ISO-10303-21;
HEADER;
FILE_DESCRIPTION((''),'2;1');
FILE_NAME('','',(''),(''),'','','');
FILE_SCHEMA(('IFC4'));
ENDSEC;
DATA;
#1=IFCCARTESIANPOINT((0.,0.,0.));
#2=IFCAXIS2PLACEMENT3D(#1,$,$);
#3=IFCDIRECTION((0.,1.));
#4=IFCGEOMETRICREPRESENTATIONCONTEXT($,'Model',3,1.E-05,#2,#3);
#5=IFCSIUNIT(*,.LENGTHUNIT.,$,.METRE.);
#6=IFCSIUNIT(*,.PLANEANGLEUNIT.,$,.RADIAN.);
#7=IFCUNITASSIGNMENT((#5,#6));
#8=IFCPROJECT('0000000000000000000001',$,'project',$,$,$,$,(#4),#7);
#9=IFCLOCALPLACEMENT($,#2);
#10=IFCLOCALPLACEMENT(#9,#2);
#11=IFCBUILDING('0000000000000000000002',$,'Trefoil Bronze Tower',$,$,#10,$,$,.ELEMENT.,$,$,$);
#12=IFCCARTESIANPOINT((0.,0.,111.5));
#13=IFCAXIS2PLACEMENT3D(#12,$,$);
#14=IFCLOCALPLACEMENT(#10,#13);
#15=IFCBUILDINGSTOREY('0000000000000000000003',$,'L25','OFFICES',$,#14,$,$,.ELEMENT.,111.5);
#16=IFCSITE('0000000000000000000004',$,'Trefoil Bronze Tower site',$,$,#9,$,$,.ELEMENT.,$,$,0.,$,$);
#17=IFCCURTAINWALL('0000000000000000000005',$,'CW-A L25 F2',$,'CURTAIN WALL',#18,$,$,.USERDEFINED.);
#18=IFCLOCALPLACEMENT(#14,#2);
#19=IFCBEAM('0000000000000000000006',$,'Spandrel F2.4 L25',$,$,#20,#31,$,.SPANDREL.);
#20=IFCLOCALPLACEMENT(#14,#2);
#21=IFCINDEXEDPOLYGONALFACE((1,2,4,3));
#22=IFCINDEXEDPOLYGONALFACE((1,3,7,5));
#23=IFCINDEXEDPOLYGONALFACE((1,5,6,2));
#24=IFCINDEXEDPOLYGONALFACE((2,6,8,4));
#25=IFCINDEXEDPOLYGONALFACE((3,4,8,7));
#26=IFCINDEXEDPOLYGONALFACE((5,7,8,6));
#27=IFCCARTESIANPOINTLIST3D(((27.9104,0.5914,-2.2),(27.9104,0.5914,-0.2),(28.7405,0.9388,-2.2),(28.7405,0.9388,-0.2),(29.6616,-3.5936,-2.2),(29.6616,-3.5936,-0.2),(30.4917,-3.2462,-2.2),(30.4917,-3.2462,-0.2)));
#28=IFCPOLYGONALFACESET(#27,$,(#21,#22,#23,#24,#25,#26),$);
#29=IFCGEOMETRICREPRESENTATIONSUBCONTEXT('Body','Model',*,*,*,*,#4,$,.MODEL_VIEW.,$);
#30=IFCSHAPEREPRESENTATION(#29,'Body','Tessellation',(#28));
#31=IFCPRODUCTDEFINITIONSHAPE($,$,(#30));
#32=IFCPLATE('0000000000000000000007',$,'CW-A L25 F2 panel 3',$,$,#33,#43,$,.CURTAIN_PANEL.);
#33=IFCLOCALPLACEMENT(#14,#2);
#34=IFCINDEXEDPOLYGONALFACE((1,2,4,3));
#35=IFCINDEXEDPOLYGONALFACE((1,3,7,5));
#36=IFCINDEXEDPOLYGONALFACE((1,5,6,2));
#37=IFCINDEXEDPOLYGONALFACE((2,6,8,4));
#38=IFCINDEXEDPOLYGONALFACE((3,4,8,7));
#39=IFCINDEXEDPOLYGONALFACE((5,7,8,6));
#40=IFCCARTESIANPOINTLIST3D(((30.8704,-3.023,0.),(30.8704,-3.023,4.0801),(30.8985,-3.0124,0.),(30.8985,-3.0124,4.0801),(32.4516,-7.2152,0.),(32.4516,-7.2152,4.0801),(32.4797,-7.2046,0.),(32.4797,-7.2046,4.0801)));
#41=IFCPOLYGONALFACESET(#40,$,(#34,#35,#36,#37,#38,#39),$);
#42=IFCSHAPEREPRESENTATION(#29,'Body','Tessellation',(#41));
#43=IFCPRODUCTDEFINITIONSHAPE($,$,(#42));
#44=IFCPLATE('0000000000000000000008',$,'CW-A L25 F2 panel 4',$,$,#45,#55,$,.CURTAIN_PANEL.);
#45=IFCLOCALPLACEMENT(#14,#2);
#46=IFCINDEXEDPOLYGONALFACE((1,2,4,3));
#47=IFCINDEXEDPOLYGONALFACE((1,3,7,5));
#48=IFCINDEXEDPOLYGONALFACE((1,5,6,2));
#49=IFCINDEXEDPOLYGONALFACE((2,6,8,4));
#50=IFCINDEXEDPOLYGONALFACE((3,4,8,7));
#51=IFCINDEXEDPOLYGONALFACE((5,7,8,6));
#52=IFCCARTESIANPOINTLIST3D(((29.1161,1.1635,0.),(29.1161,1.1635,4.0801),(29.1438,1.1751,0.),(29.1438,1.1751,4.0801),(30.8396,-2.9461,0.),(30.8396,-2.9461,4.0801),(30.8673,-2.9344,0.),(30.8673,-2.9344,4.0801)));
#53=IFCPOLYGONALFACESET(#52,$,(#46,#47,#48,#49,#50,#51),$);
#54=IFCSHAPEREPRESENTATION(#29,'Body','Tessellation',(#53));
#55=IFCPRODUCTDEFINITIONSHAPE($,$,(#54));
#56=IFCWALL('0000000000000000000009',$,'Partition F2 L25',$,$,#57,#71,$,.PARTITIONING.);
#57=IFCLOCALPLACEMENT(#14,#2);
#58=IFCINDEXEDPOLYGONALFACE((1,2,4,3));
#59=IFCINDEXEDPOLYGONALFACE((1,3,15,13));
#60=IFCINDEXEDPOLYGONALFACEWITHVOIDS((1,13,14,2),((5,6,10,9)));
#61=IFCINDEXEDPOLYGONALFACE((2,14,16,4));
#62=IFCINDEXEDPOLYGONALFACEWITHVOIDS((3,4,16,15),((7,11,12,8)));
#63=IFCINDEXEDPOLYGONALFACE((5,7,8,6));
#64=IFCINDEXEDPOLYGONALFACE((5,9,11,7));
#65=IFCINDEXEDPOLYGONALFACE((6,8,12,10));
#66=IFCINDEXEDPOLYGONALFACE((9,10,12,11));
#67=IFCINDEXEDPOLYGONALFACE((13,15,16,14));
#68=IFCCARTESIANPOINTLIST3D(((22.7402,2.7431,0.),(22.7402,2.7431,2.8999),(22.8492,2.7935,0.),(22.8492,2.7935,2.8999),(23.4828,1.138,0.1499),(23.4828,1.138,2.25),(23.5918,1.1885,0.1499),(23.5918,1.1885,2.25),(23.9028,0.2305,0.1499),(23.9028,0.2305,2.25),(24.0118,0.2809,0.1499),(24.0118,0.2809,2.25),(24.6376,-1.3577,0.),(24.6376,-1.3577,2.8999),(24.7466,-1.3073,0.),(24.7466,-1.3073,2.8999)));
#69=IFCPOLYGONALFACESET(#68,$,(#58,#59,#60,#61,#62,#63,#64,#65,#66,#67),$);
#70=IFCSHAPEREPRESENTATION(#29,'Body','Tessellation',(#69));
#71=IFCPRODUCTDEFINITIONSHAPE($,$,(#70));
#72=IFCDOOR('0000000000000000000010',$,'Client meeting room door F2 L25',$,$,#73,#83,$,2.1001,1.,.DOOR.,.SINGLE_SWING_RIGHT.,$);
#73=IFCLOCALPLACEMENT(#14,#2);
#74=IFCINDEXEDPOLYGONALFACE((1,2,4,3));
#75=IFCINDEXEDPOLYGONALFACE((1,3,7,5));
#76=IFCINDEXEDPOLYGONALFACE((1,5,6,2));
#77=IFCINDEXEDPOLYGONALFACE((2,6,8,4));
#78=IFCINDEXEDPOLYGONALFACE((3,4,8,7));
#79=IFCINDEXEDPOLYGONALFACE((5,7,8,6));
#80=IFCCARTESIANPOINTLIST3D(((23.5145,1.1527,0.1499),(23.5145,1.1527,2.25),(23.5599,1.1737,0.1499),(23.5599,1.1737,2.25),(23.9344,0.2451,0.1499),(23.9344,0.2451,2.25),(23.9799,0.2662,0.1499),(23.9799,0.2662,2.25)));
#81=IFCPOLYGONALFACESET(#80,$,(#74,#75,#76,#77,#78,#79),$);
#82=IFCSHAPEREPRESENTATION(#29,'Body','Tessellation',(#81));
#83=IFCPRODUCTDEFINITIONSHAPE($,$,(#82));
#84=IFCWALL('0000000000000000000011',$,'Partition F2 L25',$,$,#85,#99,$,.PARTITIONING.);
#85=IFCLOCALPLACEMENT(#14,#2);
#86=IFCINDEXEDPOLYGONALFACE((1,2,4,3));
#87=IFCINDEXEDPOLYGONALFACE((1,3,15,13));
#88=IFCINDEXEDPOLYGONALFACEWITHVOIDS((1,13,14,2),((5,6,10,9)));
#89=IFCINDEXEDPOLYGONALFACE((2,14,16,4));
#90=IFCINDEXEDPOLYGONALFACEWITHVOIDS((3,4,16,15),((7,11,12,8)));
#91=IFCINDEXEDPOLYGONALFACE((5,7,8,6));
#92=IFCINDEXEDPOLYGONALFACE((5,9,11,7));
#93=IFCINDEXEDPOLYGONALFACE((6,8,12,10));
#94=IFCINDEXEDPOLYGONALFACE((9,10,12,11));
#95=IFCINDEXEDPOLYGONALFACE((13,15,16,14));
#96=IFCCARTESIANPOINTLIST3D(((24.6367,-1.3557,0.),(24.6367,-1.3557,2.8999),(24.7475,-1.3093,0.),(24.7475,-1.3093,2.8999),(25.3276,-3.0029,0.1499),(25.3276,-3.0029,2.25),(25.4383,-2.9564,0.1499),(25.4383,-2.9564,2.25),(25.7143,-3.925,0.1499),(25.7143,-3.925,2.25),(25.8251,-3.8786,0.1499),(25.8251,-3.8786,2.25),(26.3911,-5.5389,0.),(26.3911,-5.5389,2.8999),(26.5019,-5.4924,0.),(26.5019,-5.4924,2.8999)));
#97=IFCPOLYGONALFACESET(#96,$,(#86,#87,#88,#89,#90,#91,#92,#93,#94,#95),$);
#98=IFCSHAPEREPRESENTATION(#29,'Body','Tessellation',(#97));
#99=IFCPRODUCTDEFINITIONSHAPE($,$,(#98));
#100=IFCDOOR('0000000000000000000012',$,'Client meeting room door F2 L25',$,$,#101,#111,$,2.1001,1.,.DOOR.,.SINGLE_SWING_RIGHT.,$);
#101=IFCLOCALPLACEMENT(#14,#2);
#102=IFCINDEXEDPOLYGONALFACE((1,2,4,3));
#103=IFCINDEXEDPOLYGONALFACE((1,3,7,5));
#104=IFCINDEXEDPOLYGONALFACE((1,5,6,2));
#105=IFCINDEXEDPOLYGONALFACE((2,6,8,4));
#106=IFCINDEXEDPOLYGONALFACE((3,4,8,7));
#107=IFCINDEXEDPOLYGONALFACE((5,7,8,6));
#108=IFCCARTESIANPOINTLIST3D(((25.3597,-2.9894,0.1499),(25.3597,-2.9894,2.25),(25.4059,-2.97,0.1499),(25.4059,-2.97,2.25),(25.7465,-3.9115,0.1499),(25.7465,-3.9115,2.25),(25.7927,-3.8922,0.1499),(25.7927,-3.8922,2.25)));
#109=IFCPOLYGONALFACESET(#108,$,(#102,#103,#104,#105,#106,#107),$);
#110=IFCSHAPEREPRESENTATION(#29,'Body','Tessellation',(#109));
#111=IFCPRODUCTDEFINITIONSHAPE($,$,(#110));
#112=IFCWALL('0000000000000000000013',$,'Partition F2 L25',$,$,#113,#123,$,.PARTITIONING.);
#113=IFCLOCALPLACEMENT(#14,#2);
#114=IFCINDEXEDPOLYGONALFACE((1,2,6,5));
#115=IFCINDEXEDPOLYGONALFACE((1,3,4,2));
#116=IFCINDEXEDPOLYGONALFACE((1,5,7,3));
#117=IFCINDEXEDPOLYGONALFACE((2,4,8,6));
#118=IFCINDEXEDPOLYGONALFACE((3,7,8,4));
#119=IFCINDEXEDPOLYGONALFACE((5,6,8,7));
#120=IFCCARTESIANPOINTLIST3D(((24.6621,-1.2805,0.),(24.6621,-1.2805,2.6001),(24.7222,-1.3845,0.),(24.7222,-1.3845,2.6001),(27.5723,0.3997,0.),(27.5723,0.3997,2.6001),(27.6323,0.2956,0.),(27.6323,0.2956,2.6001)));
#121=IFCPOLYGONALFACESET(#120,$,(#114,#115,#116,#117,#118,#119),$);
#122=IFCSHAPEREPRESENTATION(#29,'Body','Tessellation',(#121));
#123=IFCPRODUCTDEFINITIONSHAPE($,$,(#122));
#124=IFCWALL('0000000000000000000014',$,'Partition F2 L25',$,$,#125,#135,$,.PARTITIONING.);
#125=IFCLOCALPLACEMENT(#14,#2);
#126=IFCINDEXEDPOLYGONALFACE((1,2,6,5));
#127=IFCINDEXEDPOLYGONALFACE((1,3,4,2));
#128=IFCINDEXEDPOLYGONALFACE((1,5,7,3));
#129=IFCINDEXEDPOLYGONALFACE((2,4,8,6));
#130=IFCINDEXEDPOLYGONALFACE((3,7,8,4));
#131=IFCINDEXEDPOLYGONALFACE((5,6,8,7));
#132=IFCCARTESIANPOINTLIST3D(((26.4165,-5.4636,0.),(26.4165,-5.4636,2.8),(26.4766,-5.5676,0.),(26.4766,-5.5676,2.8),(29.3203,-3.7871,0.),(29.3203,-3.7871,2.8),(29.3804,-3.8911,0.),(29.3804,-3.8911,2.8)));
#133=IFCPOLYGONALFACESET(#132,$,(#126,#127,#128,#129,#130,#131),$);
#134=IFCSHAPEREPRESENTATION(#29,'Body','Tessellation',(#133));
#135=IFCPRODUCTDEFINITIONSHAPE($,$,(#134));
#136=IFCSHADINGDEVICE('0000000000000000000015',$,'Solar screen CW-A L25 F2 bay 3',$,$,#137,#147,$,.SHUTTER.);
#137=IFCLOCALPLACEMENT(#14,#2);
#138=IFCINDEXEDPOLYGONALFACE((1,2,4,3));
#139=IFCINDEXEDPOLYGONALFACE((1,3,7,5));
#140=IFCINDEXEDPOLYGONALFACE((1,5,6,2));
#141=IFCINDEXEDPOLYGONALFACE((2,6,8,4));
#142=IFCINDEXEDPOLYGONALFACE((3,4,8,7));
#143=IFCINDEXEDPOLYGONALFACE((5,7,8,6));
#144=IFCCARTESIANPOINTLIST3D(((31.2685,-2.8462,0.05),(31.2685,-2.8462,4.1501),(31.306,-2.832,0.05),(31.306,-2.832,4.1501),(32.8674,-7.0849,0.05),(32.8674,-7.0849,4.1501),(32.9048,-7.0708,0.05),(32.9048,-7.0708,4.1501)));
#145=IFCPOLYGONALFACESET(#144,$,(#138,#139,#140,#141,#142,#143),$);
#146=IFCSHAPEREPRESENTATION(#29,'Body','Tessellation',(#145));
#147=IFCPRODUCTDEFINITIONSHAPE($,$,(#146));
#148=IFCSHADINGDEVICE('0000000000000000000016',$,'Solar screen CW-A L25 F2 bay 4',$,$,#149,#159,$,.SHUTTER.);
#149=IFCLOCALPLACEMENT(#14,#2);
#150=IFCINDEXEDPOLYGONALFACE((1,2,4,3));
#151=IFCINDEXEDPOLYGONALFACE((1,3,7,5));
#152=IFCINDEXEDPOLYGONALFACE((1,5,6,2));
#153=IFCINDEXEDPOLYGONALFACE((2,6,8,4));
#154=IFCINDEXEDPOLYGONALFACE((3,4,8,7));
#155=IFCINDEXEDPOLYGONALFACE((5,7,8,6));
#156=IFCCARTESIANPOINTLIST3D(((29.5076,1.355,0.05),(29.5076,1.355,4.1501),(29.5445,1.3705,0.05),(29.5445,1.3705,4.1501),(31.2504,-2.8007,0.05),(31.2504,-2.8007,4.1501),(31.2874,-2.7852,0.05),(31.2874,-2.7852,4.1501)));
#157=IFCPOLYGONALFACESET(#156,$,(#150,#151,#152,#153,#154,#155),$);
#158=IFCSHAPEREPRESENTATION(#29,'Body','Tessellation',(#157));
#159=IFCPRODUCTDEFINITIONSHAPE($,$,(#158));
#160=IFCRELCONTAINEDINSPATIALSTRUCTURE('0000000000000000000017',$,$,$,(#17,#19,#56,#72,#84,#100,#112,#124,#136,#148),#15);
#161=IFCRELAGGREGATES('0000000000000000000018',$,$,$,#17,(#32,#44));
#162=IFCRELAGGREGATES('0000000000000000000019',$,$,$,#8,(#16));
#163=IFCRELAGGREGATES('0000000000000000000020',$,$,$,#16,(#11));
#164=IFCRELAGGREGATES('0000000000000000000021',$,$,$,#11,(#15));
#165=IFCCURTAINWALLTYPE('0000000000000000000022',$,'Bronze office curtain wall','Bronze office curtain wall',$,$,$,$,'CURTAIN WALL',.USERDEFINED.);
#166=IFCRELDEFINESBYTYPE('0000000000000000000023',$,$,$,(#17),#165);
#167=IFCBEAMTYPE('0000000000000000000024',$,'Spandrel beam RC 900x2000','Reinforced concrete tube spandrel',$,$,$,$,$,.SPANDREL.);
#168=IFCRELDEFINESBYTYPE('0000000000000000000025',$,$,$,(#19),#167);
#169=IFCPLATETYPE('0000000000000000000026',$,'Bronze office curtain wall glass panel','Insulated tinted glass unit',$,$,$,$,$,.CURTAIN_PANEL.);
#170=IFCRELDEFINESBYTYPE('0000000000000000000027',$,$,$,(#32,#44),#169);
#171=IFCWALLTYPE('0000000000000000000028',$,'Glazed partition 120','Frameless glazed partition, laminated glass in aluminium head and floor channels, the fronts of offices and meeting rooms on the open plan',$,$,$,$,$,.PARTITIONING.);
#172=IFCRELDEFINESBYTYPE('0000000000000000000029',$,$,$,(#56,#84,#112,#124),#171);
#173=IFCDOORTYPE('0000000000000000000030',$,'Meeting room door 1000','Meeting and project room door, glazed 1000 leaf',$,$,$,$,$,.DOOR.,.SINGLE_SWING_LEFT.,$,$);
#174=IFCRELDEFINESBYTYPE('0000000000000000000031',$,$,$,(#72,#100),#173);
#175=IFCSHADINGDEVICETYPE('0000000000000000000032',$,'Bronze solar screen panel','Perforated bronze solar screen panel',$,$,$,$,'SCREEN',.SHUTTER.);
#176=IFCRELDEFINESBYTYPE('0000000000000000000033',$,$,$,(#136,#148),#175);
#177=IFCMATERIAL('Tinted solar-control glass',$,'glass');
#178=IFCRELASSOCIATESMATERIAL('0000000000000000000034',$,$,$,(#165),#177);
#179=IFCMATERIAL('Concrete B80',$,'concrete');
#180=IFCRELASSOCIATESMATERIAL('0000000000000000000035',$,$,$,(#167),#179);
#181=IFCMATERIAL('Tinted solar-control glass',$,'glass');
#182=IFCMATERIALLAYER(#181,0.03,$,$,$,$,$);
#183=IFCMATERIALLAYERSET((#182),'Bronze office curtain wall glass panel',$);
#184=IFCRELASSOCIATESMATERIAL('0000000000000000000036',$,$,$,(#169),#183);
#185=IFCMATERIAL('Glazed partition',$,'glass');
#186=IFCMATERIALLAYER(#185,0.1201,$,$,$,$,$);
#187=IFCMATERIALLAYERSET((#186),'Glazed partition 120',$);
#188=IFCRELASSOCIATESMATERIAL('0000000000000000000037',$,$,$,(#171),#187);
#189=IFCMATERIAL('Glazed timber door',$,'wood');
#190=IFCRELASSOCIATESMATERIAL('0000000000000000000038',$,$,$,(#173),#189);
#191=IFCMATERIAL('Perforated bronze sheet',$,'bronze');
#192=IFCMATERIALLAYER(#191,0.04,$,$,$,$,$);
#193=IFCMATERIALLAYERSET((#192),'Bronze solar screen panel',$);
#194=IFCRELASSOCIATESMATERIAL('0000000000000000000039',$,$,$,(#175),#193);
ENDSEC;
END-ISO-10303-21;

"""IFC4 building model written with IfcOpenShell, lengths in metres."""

from ifc_helpers import new_model, si_unit, direction, frame, frame_2d, origin, origin_2d, place, context, subcontext, project, spatial, rectangle, extrude, material, layer, layer_set, material_profile, profile_set, type_object, element, fill, aggregate, save


model = new_model("IFC4")

# Units and contexts
model_context = context("Model", 3, precision=1e-05, world=origin(), true_north=direction((0.0, 1.0)))
body_context = subcontext(model_context, "Body", "Model", "MODEL_VIEW")
ifc_project = project(units=[si_unit("LENGTHUNIT", "METRE"), si_unit("PLANEANGLEUNIT", "RADIAN")], contexts=[model_context])

# Site, building, storey
site_placement = place(None, origin())
site = spatial("IfcSite", under=ifc_project, at=site_placement, Name="Trefoil Bronze Tower site", CompositionType="ELEMENT", RefElevation=0.0)
building_placement = place(site_placement, origin())
building = spatial("IfcBuilding", under=site, at=building_placement, Name="Trefoil Bronze Tower", CompositionType="ELEMENT")
storey_placement = place(building_placement, frame((0.0, 0.0, 111.5)))
storey = spatial("IfcBuildingStorey", under=building, at=storey_placement, Name="L25", Description="OFFICES", CompositionType="ELEMENT", Elevation=111.5)

# Curtain wall
ifc_material_1 = material(Name="Tinted solar-control glass", Category="glass")
curtain_wall_type = type_object("IfcCurtainWallType", Name="Bronze office curtain wall", Description="Bronze office curtain wall", ElementType="CURTAIN WALL", PredefinedType="USERDEFINED", material=ifc_material_1)
curtain_wall_placement = place(storey_placement, origin())
curtain_wall = element("IfcCurtainWall", 1, at=curtain_wall_placement, inside=storey, type_object=curtain_wall_type, Name="CW-A L25 F2", ObjectType="CURTAIN WALL", PredefinedType="USERDEFINED")

# Beam
ifc_material_2 = material(Name="Concrete B80", Category="concrete")
ifc_material_profile_1 = material_profile(ifc_material_2, rectangle(XDim=0.8999, YDim=2.0, at=origin_2d()), Name="RC 900x2000")
ifc_profile_set_1 = profile_set([ifc_material_profile_1], Name="Concrete B80")
beam_type_1 = type_object("IfcBeamType", Name="Spandrel beam RC 900x2000", Description="Reinforced concrete tube spandrel", PredefinedType="SPANDREL", material=ifc_profile_set_1)
beam_1_placement = place(storey_placement, frame((30.0767, -3.4199, -1.2), z_axis=(-0.386013, 0.922493, 0.0), x_axis=(-0.922493, -0.386013, 0.0)))
element("IfcBeam", 2, at=beam_1_placement, inside=storey, type_object=beam_type_1, Name="Spandrel F2.4 L25", PredefinedType="SPANDREL", context=body_context, shape_type="SweptSolid", body=[
    extrude(rectangle(XDim=0.8999, YDim=2.0, at=origin_2d()), origin(), (0.0, 0.0, 1.0), 4.5366),
])

# Plates
ifc_material_3 = material(Name="Tinted solar-control glass", Category="glass")
ifc_layer_1 = layer(ifc_material_3, 0.03)
ifc_layer_set_1 = layer_set([ifc_layer_1], Name="Bronze office curtain wall glass panel")
plate_type = type_object("IfcPlateType", Name="Bronze office curtain wall glass panel", Description="Insulated tinted glass unit", PredefinedType="CURTAIN_PANEL", material=ifc_layer_set_1)
plate_1_placement = place(storey_placement, frame((31.675, -5.1138, 0.0), z_axis=(0.0, 0.0, 1.0), x_axis=(-0.35292, 0.935654, 0.0)))
plate_1 = element("IfcPlate", 3, at=plate_1_placement, type_object=plate_type, Name="CW-A L25 F2 panel 3", PredefinedType="CURTAIN_PANEL", context=body_context, shape_type="SweptSolid", body=[
    extrude(rectangle(XDim=4.4805, YDim=0.03, at=origin_2d()), origin(), (0.0, 0.0, 1.0), 4.0801),
])
plate_2_placement = place(storey_placement, frame((29.9917, -0.8855, 0.0), z_axis=(0.0, 0.0, 1.0), x_axis=(-0.386759, 0.922181, 0.0)))
plate_2 = element("IfcPlate", 4, at=plate_2_placement, type_object=plate_type, Name="CW-A L25 F2 panel 4", PredefinedType="CURTAIN_PANEL", context=body_context, shape_type="SweptSolid", body=[
    extrude(rectangle(XDim=4.4563, YDim=0.03, at=origin_2d()), origin(), (0.0, 0.0, 1.0), 4.0801),
])
aggregate(curtain_wall, [plate_1, plate_2])

# Walls, openings, doors
ifc_material_4 = material(Name="Glazed partition", Category="glass")
ifc_layer_2 = layer(ifc_material_4, 0.1201)
ifc_layer_set_2 = layer_set([ifc_layer_2], Name="Glazed partition 120")
wall_type = type_object("IfcWallType", Name="Glazed partition 120", Description="Frameless glazed partition, laminated glass in aluminium head and floor channels, the fronts of offices and meeting rooms on the open plan", PredefinedType="PARTITIONING", material=ifc_layer_set_2)
wall_1_placement = place(storey_placement, frame((24.6921, -1.3325, 0.0), z_axis=(0.0, 0.0, 1.0), x_axis=(-0.419928, 0.907557, 0.0)))
wall_1 = element("IfcWall", 5, at=wall_1_placement, inside=storey, type_object=wall_type, Name="Partition F2 L25", PredefinedType="PARTITIONING", context=body_context, shape_type="SweptSolid", body=[
    extrude(rectangle(XDim=4.5186, YDim=0.1201, at=frame_2d((2.2593, 0.0))), origin(), (0.0, 0.0, 1.0), 2.8999),
])
opening_1_placement = place(wall_1_placement, frame((1.75, 0.0, 0.1499)))
opening_1 = element("IfcOpeningElement", 6, at=opening_1_placement, cuts=wall_1, PredefinedType="OPENING", context=body_context, shape_type="SweptSolid", body=[
    extrude(rectangle(XDim=1.0, YDim=2.1001, at=frame_2d((0.5, 1.05))), frame((0.0, 0.0701, 0.0), z_axis=(0.0, -1.0, 0.0), x_axis=(1.0, 0.0, 0.0)), (0.0, 0.0, 1.0), 0.1401),
])
ifc_material_5 = material(Name="Glazed timber door", Category="wood")
door_type = type_object("IfcDoorType", Name="Meeting room door 1000", Description="Meeting and project room door, glazed 1000 leaf", OperationType="SINGLE_SWING_LEFT", PredefinedType="DOOR", material=ifc_material_5)
door_1_placement = place(opening_1_placement, frame((1.0, 0.0, 0.0), z_axis=(0.0, 0.0, 1.0), x_axis=(-1.0, 0.0, 0.0)))
door_1 = element("IfcDoor", 7, at=door_1_placement, inside=storey, type_object=door_type, Name="Client meeting room door F2 L25", OperationType="SINGLE_SWING_RIGHT", OverallHeight=2.1001, OverallWidth=1.0, PredefinedType="DOOR", context=body_context, shape_type="SweptSolid", body=[
    extrude(rectangle(XDim=1.0, YDim=2.1001, at=frame_2d((0.5, 1.05))), frame((0.0, 0.0249, 0.0), z_axis=(0.0, -1.0, 0.0), x_axis=(1.0, 0.0, 0.0)), (0.0, 0.0, 1.0), 0.05),
])
fill(opening_1, door_1)
wall_2_placement = place(storey_placement, frame((26.4465, -5.5156, 0.0), z_axis=(0.0, 0.0, 1.0), x_axis=(-0.386762, 0.92218, 0.0)))
wall_2 = element("IfcWall", 8, at=wall_2_placement, inside=storey, type_object=wall_type, Name="Partition F2 L25", PredefinedType="PARTITIONING", context=body_context, shape_type="SweptSolid", body=[
    extrude(rectangle(XDim=4.5361, YDim=0.1201, at=frame_2d((2.2681, 0.0))), origin(), (0.0, 0.0, 1.0), 2.8999),
])
opening_2_placement = place(wall_2_placement, frame((1.75, 0.0, 0.1499)))
opening_2 = element("IfcOpeningElement", 9, at=opening_2_placement, cuts=wall_2, PredefinedType="OPENING", context=body_context, shape_type="SweptSolid", body=[
    extrude(rectangle(XDim=1.0, YDim=2.1001, at=frame_2d((0.5, 1.05))), frame((0.0, 0.0701, 0.0), z_axis=(0.0, -1.0, 0.0), x_axis=(1.0, 0.0, 0.0)), (0.0, 0.0, 1.0), 0.1401),
])
door_2_placement = place(opening_2_placement, frame((1.0, 0.0, 0.0), z_axis=(0.0, 0.0, 1.0), x_axis=(-1.0, 0.0, 0.0)))
door_2 = element("IfcDoor", 10, at=door_2_placement, inside=storey, type_object=door_type, Name="Client meeting room door F2 L25", OperationType="SINGLE_SWING_RIGHT", OverallHeight=2.1001, OverallWidth=1.0, PredefinedType="DOOR", context=body_context, shape_type="SweptSolid", body=[
    extrude(rectangle(XDim=1.0, YDim=2.1001, at=frame_2d((0.5, 1.05))), frame((0.0, 0.0249, 0.0), z_axis=(0.0, -1.0, 0.0), x_axis=(1.0, 0.0, 0.0)), (0.0, 0.0, 1.0), 0.05),
])
fill(opening_2, door_2)

# Walls
wall_3_placement = place(storey_placement, frame((24.6921, -1.3325, 0.0), z_axis=(0.0, 0.0, 1.0), x_axis=(0.866026, 0.499999, 0.0)))
element("IfcWall", 11, at=wall_3_placement, inside=storey, type_object=wall_type, Name="Partition F2 L25", PredefinedType="PARTITIONING", context=body_context, shape_type="SweptSolid", body=[
    extrude(rectangle(XDim=3.3604, YDim=0.1201, at=frame_2d((1.6802, 0.0))), origin(), (0.0, 0.0, 1.0), 2.6001),
])
wall_4_placement = place(storey_placement, frame((26.4465, -5.5156, 0.0), z_axis=(0.0, 0.0, 1.0), x_axis=(0.866026, 0.5, 0.0)))
element("IfcWall", 12, at=wall_4_placement, inside=storey, type_object=wall_type, Name="Partition F2 L25", PredefinedType="PARTITIONING", context=body_context, shape_type="SweptSolid", body=[
    extrude(rectangle(XDim=3.353, YDim=0.1201, at=frame_2d((1.6765, 0.0))), origin(), (0.0, 0.0, 1.0), 2.8),
])

# Shading devices
ifc_material_6 = material(Name="Perforated bronze sheet", Category="bronze")
ifc_layer_3 = layer(ifc_material_6, 0.04)
ifc_layer_set_3 = layer_set([ifc_layer_3], Name="Bronze solar screen panel")
shading_device_type = type_object("IfcShadingDeviceType", Name="Bronze solar screen panel", Description="Perforated bronze solar screen panel", ElementType="SCREEN", PredefinedType="SHUTTER", material=ifc_layer_set_3)
shading_device_1_placement = place(storey_placement, frame((32.0867, -4.9585, 0.05), z_axis=(0.0, 0.0, 1.0), x_axis=(-0.35292, 0.935654, 0.0)))
element("IfcShadingDevice", 13, at=shading_device_1_placement, inside=storey, type_object=shading_device_type, Name="Solar screen CW-A L25 F2 bay 3", PredefinedType="SHUTTER", context=body_context, shape_type="SweptSolid", body=[
    extrude(rectangle(XDim=4.5303, YDim=0.04, at=origin_2d()), origin(), (0.0, 0.0, 1.0), 4.1001),
])
shading_device_2_placement = place(storey_placement, frame((30.3975, -0.7151, 0.05), z_axis=(0.0, 0.0, 1.0), x_axis=(-0.386759, 0.922181, 0.0)))
element("IfcShadingDevice", 14, at=shading_device_2_placement, inside=storey, type_object=shading_device_type, Name="Solar screen CW-A L25 F2 bay 4", PredefinedType="SHUTTER", context=body_context, shape_type="SweptSolid", body=[
    extrude(rectangle(XDim=4.5063, YDim=0.04, at=origin_2d()), origin(), (0.0, 0.0, 1.0), 4.1001),
])

save(model, "model.ifc")
